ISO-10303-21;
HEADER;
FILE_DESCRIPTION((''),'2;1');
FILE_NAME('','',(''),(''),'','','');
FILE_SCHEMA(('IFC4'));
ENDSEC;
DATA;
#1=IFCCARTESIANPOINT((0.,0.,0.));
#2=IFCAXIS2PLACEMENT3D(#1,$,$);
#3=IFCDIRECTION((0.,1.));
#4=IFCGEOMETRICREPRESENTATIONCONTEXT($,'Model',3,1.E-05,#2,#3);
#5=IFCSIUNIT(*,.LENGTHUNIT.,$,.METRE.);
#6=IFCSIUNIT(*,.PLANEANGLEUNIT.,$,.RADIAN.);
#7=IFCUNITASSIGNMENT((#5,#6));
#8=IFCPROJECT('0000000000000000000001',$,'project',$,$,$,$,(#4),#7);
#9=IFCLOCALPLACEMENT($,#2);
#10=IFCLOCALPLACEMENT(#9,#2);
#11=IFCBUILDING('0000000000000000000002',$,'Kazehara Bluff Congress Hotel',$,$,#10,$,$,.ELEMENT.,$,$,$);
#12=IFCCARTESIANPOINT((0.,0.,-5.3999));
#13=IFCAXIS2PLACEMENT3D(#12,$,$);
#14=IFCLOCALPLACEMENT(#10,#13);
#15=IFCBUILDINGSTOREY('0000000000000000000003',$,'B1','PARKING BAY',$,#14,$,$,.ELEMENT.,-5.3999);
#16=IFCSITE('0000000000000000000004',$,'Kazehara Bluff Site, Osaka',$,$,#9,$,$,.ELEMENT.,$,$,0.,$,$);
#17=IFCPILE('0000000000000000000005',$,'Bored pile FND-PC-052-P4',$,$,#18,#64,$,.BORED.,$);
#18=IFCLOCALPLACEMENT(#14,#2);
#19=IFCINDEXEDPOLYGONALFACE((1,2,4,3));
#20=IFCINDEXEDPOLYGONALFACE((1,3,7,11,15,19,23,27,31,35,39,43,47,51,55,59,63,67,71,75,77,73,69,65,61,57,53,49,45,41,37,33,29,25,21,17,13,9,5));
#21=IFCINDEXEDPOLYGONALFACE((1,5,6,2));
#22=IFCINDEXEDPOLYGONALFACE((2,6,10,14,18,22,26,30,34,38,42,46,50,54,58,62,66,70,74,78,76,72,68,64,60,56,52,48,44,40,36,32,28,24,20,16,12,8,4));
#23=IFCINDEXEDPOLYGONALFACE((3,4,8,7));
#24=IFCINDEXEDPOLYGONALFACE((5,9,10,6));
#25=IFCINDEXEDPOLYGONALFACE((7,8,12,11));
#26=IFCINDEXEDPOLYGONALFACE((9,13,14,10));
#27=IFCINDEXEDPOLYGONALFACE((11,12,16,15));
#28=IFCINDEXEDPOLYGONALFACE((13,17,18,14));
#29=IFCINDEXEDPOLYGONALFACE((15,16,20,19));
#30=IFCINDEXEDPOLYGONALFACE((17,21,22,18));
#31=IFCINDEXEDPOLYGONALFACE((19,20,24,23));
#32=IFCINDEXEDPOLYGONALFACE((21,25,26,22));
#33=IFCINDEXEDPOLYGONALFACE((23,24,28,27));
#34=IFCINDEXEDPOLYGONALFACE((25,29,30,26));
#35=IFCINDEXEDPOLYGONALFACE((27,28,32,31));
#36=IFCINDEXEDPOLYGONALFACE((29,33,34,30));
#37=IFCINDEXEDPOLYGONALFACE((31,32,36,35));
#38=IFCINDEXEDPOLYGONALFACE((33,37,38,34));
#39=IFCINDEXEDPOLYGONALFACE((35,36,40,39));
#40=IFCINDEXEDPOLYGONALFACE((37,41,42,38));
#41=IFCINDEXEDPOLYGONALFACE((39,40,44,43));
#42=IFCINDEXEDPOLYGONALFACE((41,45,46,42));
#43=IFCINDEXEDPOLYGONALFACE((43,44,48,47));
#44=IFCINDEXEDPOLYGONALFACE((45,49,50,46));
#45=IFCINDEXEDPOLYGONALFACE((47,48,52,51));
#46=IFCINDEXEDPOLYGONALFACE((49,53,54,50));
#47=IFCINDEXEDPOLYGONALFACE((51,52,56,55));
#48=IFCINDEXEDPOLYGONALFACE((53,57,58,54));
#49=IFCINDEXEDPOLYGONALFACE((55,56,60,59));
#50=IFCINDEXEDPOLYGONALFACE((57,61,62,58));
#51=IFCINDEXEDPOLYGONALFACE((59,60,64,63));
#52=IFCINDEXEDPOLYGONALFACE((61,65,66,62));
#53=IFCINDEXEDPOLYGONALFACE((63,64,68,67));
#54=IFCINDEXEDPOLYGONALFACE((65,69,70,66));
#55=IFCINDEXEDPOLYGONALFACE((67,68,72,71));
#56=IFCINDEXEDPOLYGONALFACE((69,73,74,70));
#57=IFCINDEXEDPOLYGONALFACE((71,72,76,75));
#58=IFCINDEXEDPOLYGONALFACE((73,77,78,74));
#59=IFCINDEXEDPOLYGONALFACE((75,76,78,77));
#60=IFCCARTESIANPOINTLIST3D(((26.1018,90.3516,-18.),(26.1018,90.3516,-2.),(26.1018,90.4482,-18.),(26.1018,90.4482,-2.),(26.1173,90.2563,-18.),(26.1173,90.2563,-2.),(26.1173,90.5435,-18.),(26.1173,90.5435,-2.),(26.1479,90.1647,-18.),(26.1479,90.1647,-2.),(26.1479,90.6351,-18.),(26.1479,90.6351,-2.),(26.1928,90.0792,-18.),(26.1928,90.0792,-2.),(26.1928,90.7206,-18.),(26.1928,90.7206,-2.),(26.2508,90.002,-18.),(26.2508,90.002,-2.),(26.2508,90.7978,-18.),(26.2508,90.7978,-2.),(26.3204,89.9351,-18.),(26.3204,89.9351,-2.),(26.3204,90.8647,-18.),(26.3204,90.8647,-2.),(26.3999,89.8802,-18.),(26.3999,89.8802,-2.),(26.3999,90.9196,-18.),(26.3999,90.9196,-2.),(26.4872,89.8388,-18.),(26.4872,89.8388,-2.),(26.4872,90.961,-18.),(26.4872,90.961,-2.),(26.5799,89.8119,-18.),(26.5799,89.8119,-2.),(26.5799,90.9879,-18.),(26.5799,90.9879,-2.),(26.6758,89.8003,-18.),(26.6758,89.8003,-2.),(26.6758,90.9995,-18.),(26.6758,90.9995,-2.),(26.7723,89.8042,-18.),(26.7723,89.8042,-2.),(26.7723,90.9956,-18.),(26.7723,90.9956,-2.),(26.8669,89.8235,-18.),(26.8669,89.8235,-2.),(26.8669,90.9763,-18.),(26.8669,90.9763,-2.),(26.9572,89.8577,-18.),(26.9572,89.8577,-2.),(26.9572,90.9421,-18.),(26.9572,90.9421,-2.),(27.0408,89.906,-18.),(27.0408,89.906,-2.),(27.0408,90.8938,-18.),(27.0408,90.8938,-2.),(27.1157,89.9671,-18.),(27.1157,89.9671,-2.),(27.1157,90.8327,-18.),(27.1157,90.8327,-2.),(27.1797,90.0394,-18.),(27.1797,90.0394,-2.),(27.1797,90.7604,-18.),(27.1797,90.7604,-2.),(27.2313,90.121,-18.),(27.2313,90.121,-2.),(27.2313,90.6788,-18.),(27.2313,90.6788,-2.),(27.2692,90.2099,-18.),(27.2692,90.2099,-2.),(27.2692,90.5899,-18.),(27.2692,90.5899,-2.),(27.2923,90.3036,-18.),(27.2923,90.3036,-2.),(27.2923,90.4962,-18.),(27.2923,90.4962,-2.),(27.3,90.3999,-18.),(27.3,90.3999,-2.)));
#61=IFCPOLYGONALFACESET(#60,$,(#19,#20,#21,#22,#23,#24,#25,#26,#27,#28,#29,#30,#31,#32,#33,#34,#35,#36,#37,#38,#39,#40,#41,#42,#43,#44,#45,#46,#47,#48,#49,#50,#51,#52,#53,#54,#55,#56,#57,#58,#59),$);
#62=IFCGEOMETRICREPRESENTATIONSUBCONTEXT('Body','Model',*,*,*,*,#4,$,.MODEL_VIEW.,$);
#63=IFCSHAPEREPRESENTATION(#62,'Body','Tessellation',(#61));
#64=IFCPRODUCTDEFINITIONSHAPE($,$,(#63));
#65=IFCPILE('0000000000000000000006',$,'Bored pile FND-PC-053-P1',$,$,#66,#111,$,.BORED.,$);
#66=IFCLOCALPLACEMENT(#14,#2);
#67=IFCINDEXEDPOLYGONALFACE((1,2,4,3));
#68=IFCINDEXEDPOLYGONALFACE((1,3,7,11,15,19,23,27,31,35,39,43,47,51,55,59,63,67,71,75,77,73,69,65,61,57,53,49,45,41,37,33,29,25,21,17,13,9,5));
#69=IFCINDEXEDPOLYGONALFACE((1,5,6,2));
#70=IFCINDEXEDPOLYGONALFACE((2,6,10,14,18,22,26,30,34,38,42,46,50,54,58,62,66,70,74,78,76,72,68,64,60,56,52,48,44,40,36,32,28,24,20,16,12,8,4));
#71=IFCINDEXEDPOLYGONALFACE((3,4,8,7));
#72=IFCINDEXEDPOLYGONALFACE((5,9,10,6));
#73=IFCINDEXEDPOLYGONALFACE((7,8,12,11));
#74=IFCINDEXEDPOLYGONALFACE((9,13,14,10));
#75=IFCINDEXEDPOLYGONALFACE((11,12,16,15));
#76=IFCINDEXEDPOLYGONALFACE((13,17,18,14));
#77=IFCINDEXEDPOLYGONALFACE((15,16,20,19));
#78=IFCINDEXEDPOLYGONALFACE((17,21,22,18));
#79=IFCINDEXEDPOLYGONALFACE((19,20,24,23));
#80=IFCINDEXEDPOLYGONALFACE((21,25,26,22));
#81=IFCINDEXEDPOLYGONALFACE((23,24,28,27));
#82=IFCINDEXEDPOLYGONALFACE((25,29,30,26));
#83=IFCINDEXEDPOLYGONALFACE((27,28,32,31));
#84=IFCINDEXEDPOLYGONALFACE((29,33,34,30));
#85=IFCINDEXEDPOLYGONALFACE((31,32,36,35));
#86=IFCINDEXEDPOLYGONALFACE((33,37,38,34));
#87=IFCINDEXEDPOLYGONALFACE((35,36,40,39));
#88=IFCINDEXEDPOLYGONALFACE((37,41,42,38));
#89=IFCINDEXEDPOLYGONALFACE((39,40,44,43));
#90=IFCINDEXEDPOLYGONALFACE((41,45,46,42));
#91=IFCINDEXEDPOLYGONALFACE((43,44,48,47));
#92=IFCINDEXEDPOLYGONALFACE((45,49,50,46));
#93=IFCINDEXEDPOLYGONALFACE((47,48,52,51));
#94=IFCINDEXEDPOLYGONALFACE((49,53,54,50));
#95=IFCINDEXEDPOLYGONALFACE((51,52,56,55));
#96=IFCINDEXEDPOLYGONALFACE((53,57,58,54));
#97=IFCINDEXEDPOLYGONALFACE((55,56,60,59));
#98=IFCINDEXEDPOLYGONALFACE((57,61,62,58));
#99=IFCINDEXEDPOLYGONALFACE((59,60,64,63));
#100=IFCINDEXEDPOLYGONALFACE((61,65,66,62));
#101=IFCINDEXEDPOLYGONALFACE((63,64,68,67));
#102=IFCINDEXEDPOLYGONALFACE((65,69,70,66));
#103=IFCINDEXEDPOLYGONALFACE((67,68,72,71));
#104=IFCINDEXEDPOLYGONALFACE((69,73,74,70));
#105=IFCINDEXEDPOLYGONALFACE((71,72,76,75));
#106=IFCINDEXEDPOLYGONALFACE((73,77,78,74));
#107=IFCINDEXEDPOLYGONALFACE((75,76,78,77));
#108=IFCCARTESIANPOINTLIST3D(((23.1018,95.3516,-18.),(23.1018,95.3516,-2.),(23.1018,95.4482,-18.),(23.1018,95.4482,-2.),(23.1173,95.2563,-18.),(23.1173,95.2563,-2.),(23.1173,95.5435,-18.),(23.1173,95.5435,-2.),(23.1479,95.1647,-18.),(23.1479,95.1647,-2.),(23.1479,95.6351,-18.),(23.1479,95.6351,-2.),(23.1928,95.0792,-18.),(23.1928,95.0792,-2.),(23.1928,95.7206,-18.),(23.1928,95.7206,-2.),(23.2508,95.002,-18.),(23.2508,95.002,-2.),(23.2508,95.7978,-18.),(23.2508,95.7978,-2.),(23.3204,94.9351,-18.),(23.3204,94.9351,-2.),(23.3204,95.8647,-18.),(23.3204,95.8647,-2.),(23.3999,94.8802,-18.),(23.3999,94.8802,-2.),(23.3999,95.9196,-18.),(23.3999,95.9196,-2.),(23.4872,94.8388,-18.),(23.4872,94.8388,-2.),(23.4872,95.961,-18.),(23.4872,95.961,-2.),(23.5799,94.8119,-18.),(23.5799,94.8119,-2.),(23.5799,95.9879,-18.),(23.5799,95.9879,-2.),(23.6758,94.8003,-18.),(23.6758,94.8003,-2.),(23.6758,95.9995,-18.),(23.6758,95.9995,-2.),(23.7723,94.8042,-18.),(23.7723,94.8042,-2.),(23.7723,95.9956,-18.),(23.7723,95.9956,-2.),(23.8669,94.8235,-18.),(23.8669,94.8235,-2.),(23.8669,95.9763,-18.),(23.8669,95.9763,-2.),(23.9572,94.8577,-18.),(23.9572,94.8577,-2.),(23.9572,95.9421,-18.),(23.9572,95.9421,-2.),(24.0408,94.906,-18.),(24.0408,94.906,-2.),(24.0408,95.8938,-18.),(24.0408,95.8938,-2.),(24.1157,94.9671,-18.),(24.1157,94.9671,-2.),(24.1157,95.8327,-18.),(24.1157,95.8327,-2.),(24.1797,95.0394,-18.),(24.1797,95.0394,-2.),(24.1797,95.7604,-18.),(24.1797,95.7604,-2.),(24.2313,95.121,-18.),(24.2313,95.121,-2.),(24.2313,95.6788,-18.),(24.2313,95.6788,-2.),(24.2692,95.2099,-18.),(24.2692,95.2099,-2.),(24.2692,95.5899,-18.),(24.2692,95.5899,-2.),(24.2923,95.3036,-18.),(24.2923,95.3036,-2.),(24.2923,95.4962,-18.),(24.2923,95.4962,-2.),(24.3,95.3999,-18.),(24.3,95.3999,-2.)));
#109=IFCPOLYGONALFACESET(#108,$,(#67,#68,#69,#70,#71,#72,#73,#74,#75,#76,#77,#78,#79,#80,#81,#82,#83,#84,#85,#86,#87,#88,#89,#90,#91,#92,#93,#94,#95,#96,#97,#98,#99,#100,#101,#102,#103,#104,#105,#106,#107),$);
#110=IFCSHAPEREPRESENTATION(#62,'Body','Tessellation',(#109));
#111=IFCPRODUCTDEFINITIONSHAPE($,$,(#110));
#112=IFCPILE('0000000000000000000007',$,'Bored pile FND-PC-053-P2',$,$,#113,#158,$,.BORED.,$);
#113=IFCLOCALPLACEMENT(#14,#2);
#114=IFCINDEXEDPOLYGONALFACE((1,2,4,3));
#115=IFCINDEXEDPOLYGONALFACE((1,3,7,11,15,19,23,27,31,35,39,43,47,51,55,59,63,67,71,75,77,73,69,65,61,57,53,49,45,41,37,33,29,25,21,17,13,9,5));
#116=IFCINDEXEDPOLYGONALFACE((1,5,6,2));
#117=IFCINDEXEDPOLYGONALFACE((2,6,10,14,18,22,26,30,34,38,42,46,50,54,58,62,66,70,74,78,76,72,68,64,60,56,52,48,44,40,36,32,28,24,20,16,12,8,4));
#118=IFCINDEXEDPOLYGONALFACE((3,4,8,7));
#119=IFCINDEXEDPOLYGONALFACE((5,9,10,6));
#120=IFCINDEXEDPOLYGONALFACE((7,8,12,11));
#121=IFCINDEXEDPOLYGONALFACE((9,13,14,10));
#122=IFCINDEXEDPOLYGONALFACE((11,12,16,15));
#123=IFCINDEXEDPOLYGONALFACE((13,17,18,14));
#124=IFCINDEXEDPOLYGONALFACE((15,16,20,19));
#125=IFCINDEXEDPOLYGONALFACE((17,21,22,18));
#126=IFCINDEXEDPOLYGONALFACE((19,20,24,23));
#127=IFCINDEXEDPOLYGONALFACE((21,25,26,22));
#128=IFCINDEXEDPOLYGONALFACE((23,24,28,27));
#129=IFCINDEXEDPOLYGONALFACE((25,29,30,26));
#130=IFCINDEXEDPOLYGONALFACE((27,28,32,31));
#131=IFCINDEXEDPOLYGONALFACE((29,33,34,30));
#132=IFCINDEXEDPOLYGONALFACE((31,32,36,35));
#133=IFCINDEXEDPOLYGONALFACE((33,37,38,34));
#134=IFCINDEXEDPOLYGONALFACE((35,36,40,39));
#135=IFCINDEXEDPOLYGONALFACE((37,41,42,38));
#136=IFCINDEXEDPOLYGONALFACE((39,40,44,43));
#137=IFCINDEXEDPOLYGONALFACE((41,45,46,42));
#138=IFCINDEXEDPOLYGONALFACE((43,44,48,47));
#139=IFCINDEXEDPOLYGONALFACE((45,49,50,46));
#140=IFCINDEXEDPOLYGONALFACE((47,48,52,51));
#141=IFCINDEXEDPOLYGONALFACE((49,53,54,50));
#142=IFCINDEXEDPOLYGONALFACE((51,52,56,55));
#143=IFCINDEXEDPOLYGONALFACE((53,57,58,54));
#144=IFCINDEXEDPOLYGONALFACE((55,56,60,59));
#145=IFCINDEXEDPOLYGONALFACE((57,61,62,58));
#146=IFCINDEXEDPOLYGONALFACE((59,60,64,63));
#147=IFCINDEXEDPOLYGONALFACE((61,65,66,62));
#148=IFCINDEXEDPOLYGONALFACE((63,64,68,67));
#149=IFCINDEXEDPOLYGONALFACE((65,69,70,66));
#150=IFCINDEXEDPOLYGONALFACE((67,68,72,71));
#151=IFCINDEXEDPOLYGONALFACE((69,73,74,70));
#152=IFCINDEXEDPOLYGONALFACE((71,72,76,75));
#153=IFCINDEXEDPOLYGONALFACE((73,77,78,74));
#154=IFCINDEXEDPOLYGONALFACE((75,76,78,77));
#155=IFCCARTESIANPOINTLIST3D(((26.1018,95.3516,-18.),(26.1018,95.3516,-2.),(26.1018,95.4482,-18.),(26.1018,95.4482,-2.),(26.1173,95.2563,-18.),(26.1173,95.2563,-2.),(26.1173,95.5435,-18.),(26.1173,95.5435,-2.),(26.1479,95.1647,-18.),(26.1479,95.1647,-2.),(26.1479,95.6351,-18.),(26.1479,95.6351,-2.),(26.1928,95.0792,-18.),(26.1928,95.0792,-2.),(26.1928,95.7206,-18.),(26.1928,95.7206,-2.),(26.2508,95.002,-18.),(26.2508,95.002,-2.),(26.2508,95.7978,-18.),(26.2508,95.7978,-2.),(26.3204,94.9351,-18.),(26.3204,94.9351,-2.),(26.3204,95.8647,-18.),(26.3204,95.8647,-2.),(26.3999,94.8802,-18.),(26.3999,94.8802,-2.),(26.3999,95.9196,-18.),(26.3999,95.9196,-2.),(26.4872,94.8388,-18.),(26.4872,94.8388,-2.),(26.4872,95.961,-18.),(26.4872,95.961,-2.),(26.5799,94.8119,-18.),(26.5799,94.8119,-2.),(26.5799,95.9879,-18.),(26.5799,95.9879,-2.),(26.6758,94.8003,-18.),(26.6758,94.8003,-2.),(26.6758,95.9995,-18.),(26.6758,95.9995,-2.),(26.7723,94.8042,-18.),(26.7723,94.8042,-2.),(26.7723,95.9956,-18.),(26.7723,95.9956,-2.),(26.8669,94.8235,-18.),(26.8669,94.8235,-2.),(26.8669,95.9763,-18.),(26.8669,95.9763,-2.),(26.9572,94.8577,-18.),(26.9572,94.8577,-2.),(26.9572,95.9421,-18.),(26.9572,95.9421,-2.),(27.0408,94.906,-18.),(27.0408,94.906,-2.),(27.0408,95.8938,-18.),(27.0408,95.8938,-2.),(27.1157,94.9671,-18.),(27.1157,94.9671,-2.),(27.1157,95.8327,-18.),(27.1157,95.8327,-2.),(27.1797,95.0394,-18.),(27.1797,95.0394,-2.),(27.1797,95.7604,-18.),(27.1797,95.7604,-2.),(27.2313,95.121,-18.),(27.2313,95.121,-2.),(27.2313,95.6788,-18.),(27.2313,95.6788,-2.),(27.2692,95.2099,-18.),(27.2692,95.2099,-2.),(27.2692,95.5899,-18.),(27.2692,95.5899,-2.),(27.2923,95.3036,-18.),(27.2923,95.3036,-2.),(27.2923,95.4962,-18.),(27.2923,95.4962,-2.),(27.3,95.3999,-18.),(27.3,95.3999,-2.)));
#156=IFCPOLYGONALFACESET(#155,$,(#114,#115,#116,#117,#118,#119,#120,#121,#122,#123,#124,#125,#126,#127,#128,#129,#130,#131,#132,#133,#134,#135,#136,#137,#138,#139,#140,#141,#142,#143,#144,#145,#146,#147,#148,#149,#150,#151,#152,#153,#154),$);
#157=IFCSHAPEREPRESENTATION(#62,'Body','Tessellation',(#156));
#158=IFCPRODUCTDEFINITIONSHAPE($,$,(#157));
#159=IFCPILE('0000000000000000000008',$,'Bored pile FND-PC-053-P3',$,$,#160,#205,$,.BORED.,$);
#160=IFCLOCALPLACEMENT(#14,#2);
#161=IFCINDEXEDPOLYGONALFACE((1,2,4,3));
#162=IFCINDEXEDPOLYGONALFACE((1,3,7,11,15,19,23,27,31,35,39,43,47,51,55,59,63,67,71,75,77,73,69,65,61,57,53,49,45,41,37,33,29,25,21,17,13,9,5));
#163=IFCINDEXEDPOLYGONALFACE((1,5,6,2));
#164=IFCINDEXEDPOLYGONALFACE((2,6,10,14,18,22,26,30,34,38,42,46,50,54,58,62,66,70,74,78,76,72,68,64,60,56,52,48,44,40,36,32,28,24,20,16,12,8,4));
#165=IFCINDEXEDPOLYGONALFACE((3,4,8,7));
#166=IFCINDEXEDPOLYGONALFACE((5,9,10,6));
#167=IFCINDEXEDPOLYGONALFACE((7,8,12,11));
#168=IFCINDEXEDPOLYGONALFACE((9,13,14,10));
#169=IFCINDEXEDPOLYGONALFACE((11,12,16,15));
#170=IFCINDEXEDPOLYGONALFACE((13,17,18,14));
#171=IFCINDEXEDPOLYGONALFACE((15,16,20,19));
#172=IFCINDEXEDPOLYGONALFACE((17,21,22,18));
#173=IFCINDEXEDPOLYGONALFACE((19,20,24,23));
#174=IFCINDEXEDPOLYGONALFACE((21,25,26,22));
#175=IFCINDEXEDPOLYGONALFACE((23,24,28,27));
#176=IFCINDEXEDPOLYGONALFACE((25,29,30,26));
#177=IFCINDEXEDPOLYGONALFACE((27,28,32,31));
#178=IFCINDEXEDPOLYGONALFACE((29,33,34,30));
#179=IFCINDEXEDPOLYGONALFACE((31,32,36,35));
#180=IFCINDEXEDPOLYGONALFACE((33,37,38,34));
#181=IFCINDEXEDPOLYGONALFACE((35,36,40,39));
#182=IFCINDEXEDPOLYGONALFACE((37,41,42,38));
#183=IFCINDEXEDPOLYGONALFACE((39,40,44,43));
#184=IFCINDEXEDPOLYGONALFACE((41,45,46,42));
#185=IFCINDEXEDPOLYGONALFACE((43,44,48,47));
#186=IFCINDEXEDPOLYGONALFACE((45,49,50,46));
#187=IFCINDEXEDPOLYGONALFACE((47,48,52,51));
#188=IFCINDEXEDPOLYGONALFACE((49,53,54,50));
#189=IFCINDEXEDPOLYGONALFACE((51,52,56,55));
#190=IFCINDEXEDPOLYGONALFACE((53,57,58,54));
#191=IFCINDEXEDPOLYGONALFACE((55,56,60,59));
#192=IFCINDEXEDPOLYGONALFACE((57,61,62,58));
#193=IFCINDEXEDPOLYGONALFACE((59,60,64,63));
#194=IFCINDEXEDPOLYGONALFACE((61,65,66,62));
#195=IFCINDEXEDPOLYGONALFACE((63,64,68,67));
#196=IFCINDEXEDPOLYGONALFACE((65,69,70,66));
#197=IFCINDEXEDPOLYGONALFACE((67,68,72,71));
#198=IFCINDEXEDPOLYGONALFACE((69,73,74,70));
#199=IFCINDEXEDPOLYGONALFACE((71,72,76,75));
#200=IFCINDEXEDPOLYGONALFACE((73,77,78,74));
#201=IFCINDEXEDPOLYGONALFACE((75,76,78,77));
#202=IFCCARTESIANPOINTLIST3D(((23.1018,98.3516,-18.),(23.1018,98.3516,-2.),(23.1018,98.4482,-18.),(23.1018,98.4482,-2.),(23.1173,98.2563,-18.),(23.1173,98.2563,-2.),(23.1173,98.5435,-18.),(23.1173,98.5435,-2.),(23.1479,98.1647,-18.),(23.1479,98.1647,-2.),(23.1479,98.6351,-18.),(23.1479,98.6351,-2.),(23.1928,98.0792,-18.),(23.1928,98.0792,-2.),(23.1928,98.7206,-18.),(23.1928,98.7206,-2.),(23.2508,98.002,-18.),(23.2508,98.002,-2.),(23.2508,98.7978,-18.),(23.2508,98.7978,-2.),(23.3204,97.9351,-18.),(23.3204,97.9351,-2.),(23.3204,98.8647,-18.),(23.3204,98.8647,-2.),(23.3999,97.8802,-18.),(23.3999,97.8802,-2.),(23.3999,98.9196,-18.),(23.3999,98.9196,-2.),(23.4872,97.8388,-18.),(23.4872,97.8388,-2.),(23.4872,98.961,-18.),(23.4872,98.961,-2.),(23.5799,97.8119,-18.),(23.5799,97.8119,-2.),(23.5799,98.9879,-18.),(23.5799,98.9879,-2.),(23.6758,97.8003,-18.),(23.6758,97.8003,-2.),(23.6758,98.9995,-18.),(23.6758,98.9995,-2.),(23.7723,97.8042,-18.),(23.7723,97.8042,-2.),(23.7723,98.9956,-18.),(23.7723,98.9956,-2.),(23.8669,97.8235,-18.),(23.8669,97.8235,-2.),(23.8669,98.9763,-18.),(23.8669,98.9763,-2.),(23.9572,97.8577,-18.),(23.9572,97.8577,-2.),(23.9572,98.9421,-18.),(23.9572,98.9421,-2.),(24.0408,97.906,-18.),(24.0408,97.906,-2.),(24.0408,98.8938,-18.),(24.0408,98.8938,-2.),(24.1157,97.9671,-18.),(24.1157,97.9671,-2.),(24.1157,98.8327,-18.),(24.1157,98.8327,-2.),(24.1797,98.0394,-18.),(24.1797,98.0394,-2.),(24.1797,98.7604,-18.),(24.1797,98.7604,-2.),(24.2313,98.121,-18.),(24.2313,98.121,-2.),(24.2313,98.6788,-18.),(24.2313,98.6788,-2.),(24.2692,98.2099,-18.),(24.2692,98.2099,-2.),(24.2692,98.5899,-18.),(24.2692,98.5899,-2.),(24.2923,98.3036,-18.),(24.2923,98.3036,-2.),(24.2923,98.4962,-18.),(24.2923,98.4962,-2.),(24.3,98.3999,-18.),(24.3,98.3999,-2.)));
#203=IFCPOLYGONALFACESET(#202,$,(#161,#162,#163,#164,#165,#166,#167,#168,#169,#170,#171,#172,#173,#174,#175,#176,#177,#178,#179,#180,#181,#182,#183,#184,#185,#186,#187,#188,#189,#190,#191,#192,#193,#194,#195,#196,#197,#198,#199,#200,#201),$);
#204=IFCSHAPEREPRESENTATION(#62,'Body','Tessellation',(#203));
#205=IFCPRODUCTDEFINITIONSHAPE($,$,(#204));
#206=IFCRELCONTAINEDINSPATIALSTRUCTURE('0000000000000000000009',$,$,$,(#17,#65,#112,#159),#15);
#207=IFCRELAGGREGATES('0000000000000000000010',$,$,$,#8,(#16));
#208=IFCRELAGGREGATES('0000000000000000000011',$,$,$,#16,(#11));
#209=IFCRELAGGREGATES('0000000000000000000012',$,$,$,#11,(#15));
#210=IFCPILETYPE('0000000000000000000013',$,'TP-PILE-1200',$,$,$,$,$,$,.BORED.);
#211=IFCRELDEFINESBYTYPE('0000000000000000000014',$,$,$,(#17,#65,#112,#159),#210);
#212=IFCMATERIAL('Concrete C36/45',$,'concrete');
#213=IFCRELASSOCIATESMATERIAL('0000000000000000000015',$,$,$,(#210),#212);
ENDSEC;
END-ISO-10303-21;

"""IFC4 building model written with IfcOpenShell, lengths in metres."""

from ifc_helpers import new_model, si_unit, direction, frame, origin, origin_2d, place, context, subcontext, project, spatial, circle, extrude, material, material_profile, profile_set, type_object, element, save


model = new_model("IFC4")

# Units and contexts
model_context = context("Model", 3, precision=1e-05, world=origin(), true_north=direction((0.0, 1.0)))
body_context = subcontext(model_context, "Body", "Model", "MODEL_VIEW")
ifc_project = project(units=[si_unit("LENGTHUNIT", "METRE"), si_unit("PLANEANGLEUNIT", "RADIAN")], contexts=[model_context])

# Site, building, storey
site_placement = place(None, origin())
site = spatial("IfcSite", under=ifc_project, at=site_placement, Name="Kazehara Bluff Site, Osaka", CompositionType="ELEMENT", RefElevation=0.0)
building_placement = place(site_placement, origin())
building = spatial("IfcBuilding", under=site, at=building_placement, Name="Kazehara Bluff Congress Hotel", CompositionType="ELEMENT")
storey_placement = place(building_placement, frame((0.0, 0.0, -5.3999)))
storey = spatial("IfcBuildingStorey", under=building, at=storey_placement, Name="B1", Description="PARKING BAY", CompositionType="ELEMENT", Elevation=-5.3999)

# Piles
ifc_material_1 = material(Name="Concrete C36/45", Category="concrete")
ifc_material_profile_1 = material_profile(ifc_material_1, circle(Radius=0.6001, at=origin_2d()))
ifc_profile_set_1 = profile_set([ifc_material_profile_1], Name="Concrete C36/45")
pile_type = type_object("IfcPileType", Name="TP-PILE-1200", PredefinedType="BORED", material=ifc_profile_set_1)
for number, where, z_axis, x_axis, name in (
    (1, (26.7, 90.3999, -2.0), (0.0, 0.0, -1.0), (1.0, 0.0, 0.0), "Bored pile FND-PC-052-P4"),
    (2, (23.7, 95.3999, -2.0), (0.0, 0.0, -1.0), (1.0, 0.0, 0.0), "Bored pile FND-PC-053-P1"),
    (3, (26.7, 95.3999, -2.0), (0.0, 0.0, -1.0), (1.0, 0.0, 0.0), "Bored pile FND-PC-053-P2"),
    (4, (23.7, 98.3999, -2.0), (0.0, 0.0, -1.0), (1.0, 0.0, 0.0), "Bored pile FND-PC-053-P3"),
):
    element("IfcPile", number, at=place(storey_placement, frame(where, z_axis=z_axis, x_axis=x_axis)), inside=storey, type_object=pile_type, Name=name, PredefinedType="BORED", context=body_context, shape_type="SweptSolid", body=[
        extrude(circle(Radius=0.6001, at=origin_2d()), origin(), (0.0, 0.0, 1.0), 16.0),
    ])

save(model, "model.ifc")
